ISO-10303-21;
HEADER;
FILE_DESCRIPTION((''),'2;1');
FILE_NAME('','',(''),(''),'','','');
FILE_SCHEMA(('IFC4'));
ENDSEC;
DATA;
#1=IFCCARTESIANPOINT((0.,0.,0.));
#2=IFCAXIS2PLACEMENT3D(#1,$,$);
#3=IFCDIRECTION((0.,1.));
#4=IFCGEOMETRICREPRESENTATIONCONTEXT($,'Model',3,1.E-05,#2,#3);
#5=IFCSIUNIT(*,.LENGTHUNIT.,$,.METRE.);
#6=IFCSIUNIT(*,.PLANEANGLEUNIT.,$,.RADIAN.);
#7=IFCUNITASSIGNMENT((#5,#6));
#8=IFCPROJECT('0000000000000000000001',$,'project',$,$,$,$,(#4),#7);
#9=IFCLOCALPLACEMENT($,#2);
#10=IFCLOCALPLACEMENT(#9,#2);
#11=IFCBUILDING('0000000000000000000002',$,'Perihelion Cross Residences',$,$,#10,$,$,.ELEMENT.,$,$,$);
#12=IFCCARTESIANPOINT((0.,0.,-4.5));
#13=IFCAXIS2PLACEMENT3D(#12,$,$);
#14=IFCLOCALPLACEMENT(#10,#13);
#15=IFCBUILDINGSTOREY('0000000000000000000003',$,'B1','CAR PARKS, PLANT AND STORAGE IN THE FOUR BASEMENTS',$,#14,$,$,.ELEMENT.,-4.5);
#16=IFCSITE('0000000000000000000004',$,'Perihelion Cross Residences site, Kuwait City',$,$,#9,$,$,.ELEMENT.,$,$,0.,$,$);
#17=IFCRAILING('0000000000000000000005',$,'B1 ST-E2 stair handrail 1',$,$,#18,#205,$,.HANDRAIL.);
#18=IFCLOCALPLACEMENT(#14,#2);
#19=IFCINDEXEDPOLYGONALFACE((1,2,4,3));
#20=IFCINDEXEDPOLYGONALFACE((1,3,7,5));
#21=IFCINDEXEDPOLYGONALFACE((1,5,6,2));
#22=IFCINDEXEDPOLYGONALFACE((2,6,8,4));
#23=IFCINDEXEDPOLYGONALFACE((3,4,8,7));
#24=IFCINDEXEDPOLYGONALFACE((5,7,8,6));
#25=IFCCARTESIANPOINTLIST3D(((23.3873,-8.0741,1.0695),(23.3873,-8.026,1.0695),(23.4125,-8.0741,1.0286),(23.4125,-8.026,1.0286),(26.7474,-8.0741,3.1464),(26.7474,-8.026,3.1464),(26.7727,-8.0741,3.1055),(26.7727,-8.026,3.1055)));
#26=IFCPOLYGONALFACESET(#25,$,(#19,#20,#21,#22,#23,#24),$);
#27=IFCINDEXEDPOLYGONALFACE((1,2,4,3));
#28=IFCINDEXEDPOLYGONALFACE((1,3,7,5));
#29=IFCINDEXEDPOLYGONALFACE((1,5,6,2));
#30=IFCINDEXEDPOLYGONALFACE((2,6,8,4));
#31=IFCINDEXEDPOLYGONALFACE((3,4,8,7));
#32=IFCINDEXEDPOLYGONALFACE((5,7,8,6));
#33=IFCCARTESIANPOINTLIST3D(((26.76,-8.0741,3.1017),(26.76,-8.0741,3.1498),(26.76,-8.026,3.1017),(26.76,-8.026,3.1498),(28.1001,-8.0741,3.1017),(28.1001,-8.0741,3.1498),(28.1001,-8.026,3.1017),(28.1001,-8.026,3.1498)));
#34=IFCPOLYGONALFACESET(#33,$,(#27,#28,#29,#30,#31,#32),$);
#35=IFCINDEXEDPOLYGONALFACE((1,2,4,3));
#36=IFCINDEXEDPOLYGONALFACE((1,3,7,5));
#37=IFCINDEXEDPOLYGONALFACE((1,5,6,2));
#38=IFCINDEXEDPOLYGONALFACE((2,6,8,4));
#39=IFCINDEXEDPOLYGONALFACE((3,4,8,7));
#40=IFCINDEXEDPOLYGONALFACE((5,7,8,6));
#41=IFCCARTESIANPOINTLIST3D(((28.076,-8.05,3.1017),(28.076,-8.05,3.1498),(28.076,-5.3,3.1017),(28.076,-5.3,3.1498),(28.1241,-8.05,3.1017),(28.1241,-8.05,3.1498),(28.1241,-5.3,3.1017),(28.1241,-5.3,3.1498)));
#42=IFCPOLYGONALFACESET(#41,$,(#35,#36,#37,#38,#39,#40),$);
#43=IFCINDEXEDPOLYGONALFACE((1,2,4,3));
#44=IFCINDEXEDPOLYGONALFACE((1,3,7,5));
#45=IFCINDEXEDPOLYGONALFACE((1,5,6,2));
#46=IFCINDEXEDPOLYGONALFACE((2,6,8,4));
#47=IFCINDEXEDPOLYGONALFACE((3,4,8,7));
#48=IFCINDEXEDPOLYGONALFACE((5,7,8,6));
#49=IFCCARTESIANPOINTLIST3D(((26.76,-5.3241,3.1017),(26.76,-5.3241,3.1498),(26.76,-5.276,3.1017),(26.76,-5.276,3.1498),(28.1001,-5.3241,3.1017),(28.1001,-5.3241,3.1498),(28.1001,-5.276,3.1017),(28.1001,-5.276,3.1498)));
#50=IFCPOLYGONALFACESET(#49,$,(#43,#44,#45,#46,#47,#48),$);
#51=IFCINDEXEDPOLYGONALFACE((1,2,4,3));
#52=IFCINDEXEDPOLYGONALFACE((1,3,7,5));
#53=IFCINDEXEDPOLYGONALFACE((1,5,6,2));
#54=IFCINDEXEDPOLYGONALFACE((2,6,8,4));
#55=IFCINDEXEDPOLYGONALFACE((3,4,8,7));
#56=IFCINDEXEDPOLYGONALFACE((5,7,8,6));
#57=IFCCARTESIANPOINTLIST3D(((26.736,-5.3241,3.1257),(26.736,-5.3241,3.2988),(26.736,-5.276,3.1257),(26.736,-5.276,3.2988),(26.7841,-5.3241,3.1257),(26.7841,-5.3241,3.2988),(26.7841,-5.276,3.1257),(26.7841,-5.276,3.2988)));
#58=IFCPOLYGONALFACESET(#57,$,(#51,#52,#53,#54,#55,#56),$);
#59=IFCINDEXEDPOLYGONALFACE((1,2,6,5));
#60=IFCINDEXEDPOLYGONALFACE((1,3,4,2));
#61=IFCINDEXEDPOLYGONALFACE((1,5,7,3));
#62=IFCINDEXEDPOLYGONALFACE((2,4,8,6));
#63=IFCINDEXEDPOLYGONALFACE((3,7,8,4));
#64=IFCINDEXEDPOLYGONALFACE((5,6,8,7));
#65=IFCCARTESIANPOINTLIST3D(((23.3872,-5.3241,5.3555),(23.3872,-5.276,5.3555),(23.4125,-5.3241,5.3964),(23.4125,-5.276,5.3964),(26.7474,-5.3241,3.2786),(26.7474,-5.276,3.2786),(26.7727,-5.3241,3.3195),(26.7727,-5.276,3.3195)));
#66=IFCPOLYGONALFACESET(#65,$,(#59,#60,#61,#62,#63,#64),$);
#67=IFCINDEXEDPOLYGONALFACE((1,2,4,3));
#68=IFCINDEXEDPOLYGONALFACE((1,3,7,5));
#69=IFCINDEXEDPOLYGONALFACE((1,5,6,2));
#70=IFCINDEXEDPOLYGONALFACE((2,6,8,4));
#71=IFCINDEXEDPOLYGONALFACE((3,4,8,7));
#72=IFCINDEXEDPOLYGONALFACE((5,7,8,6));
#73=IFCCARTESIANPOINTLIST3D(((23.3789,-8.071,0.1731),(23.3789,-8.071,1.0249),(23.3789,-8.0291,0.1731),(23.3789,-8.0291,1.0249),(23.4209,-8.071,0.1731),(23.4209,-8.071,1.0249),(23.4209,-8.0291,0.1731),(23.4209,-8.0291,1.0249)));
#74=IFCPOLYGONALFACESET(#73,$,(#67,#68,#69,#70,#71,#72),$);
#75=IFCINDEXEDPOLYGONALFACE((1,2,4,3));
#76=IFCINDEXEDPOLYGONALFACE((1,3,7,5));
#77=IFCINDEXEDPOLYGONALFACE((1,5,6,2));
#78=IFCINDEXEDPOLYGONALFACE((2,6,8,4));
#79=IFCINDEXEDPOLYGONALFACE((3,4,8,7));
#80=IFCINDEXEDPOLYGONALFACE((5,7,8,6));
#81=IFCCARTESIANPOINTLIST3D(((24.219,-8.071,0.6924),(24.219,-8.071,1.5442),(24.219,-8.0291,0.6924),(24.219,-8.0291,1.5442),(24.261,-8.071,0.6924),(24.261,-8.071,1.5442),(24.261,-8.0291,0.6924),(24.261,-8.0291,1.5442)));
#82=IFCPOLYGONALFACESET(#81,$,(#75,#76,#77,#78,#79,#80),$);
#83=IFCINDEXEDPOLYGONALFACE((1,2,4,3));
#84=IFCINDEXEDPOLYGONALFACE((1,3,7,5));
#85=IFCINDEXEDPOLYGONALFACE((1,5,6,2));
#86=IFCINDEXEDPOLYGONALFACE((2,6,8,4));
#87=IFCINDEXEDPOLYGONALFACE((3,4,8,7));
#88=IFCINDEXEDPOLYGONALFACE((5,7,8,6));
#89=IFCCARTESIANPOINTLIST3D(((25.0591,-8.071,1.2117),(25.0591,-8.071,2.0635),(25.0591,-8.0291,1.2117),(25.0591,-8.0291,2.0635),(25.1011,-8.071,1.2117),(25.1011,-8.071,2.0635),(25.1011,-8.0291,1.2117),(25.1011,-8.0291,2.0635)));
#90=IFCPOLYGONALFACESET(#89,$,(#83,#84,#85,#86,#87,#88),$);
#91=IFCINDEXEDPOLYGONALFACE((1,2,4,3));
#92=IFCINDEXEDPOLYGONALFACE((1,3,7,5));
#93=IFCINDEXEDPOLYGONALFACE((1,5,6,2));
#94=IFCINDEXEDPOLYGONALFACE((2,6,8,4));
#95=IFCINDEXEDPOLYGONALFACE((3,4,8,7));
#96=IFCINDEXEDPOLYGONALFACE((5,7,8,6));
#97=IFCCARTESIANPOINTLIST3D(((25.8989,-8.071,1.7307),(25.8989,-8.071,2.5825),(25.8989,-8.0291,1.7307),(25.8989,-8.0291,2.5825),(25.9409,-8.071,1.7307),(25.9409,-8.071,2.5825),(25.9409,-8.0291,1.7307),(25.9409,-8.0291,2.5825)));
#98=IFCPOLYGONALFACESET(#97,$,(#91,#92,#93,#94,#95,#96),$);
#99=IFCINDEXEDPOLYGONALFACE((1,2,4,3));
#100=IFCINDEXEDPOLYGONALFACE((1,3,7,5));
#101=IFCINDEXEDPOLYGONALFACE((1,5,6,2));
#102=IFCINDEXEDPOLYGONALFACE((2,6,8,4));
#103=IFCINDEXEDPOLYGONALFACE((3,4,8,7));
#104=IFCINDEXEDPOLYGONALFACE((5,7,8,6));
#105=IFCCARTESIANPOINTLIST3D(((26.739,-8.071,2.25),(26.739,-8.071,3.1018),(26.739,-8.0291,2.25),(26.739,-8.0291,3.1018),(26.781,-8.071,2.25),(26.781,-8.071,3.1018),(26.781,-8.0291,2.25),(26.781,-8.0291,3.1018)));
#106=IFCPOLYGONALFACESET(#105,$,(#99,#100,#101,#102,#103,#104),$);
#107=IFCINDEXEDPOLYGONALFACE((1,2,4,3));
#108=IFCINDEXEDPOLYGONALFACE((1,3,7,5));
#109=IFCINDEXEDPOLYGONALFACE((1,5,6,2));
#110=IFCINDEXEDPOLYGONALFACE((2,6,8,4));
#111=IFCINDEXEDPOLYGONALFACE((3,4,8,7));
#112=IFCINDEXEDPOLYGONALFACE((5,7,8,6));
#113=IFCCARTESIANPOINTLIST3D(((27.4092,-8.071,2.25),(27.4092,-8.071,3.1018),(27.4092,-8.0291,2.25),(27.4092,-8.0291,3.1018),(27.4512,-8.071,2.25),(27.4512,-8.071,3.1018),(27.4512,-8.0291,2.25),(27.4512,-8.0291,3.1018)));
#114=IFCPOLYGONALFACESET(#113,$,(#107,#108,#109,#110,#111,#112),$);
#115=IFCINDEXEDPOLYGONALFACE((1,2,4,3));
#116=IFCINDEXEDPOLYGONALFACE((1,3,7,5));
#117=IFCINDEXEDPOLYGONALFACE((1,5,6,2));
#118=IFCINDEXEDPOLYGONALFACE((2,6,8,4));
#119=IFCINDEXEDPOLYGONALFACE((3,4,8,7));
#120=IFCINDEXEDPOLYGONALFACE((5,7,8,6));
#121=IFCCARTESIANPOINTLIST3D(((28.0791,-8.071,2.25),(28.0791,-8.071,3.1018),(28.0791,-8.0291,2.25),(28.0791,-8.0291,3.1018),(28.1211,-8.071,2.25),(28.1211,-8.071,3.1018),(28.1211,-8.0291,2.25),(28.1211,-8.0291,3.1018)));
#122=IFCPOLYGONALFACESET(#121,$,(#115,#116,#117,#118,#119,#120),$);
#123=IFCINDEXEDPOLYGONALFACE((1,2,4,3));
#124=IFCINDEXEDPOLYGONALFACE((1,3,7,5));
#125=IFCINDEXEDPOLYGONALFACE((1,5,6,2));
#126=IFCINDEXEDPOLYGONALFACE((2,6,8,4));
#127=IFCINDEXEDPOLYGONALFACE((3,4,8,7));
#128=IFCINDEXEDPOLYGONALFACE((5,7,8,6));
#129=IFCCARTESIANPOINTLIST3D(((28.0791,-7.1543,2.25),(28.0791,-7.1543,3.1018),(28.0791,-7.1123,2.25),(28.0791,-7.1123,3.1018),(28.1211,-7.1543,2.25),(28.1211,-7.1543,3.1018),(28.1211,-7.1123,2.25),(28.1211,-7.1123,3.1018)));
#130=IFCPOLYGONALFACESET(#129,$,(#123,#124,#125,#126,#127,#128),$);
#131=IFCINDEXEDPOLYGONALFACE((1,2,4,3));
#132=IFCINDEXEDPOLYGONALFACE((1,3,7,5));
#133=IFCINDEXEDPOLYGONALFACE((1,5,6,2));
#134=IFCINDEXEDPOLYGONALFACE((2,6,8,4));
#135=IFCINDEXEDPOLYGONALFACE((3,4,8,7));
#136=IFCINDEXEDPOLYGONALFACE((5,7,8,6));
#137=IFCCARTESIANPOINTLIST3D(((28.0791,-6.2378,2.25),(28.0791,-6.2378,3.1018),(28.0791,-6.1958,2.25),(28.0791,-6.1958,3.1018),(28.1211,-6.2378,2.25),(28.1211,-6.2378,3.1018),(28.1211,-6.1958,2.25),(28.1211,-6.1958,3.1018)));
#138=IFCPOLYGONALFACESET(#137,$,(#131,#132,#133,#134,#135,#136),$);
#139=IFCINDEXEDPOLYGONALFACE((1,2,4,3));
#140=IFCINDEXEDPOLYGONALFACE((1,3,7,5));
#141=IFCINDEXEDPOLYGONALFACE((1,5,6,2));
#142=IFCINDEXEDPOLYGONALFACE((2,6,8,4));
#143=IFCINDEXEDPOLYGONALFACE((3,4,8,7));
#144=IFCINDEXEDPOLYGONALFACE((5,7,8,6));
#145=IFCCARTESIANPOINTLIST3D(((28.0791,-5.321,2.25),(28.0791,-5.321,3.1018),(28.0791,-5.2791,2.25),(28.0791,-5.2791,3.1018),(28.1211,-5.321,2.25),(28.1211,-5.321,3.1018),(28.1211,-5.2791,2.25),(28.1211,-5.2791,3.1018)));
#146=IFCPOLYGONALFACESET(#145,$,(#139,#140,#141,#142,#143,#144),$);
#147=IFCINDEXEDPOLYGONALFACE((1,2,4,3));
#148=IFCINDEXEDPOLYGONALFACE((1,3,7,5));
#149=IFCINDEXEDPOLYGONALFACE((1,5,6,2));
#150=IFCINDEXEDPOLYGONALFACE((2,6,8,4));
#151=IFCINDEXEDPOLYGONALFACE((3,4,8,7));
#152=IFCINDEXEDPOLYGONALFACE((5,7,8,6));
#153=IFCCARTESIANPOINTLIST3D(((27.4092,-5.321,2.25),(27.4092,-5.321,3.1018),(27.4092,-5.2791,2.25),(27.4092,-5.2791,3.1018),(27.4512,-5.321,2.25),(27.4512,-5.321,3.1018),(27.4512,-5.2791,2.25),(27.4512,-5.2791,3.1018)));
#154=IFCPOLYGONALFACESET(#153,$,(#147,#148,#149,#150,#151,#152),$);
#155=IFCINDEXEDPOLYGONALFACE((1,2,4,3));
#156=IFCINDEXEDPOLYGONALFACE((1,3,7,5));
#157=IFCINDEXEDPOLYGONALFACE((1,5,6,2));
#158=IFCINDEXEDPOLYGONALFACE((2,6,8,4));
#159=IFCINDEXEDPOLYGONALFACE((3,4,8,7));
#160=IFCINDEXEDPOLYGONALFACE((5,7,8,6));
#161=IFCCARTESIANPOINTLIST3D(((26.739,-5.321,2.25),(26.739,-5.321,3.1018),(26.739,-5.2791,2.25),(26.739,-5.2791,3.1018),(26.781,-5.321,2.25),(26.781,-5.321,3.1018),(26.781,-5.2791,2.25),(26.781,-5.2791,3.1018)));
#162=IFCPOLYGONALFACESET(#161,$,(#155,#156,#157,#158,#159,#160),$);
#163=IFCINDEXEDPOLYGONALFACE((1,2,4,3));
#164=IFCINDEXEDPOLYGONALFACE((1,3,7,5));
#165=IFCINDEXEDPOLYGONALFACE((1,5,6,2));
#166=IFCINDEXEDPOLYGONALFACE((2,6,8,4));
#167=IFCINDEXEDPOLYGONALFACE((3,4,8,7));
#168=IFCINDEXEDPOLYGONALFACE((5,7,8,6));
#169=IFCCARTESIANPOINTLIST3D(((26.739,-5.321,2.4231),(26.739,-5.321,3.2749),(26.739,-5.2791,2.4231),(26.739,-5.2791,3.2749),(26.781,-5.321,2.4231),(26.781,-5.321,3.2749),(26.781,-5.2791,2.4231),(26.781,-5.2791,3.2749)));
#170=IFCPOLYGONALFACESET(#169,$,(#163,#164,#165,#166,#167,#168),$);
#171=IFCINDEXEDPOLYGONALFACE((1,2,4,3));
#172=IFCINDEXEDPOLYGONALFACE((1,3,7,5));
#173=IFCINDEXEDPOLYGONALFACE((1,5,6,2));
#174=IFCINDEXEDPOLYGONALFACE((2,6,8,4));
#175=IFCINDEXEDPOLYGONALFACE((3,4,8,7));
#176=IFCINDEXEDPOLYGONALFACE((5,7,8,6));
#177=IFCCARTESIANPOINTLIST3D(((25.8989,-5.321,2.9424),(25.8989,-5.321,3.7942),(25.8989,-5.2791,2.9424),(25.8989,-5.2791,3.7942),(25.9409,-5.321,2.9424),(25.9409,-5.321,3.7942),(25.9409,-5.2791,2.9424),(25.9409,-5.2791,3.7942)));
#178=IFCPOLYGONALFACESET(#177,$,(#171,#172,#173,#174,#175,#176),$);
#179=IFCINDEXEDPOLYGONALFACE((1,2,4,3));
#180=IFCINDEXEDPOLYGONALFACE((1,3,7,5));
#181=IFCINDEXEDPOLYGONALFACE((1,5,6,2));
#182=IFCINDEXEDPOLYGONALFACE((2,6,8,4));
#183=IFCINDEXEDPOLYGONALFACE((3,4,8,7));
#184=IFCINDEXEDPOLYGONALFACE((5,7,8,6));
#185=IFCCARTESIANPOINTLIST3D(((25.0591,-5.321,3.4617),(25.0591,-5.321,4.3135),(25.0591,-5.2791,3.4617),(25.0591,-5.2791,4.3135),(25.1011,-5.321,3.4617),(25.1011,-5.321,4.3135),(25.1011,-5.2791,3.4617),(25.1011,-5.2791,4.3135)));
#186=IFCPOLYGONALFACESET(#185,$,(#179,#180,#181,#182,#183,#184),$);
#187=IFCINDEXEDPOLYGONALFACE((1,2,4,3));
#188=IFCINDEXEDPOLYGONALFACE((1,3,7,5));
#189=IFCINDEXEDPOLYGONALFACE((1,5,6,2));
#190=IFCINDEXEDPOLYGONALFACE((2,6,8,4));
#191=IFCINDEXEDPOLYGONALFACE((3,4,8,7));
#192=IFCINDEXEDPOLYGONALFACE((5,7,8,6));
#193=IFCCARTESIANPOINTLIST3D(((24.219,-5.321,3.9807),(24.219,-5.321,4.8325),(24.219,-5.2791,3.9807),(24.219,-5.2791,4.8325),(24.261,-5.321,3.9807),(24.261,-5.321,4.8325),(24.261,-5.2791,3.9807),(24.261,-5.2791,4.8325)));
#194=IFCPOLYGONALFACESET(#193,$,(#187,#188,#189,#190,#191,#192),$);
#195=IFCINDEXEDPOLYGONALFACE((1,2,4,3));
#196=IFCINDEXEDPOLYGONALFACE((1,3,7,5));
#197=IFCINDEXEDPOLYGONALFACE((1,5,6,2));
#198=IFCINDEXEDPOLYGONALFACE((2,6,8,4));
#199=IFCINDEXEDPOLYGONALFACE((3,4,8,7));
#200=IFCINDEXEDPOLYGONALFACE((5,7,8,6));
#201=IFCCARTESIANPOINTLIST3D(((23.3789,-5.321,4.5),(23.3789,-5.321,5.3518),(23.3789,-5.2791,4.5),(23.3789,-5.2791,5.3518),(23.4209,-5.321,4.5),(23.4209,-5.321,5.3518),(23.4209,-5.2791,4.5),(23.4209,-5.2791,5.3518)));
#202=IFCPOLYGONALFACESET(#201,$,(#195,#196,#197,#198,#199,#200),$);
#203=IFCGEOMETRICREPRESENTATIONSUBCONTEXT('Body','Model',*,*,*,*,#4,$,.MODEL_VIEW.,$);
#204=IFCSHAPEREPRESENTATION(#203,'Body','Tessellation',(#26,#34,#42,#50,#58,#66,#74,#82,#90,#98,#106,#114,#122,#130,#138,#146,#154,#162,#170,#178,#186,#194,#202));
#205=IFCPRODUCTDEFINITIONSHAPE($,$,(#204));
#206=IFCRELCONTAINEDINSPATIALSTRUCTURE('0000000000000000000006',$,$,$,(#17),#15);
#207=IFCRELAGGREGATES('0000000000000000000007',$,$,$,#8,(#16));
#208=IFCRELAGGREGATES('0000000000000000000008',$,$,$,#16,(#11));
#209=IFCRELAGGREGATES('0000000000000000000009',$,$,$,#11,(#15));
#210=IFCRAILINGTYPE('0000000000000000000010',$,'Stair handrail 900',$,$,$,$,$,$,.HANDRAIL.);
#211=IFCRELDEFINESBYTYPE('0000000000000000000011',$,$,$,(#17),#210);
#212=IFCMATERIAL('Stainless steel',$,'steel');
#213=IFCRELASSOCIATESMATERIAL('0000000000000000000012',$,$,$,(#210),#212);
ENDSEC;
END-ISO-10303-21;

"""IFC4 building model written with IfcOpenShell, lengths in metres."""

from ifc_helpers import new_model, si_unit, direction, frame, origin, origin_2d, place, context, subcontext, project, spatial, rectangle, extrude, material, type_object, element, save


model = new_model("IFC4")

# Units and contexts
model_context = context("Model", 3, precision=1e-05, world=origin(), true_north=direction((0.0, 1.0)))
body_context = subcontext(model_context, "Body", "Model", "MODEL_VIEW")
ifc_project = project(units=[si_unit("LENGTHUNIT", "METRE"), si_unit("PLANEANGLEUNIT", "RADIAN")], contexts=[model_context])

# Site, building, storey
site_placement = place(None, origin())
site = spatial("IfcSite", under=ifc_project, at=site_placement, Name="Perihelion Cross Residences site, Kuwait City", CompositionType="ELEMENT", RefElevation=0.0)
building_placement = place(site_placement, origin())
building = spatial("IfcBuilding", under=site, at=building_placement, Name="Perihelion Cross Residences", CompositionType="ELEMENT")
storey_placement = place(building_placement, frame((0.0, 0.0, -4.5)))
storey = spatial("IfcBuildingStorey", under=building, at=storey_placement, Name="B1", Description="CAR PARKS, PLANT AND STORAGE IN THE FOUR BASEMENTS", CompositionType="ELEMENT", Elevation=-4.5)

# Railing
ifc_material_1 = material(Name="Stainless steel", Category="steel")
railing_type_1 = type_object("IfcRailingType", Name="Stair handrail 900", PredefinedType="HANDRAIL", material=ifc_material_1)
railing_1_placement = place(storey_placement, frame((23.3999, -8.05, 0.1731)))
element("IfcRailing", 1, at=railing_1_placement, inside=storey, type_object=railing_type_1, Name="B1 ST-E2 stair handrail 1", PredefinedType="HANDRAIL", context=body_context, shape_type="SweptSolid", body=[
    extrude(rectangle(XDim=0.0481, YDim=0.0481, at=origin_2d()), frame((0.0, 0.0, 0.876), z_axis=(0.850623, 0.0, 0.525776), x_axis=(0.0, 1.0, 0.0)), (0.0, 0.0, 1.0), 3.9502),
    extrude(rectangle(XDim=0.0481, YDim=0.0481, at=origin_2d()), frame((3.3601, 0.0, 2.9526), z_axis=(1.0, 0.0, 0.0), x_axis=(0.0, 1.0, 0.0)), (0.0, 0.0, 1.0), 1.3401),
    extrude(rectangle(XDim=0.0481, YDim=0.0481, at=origin_2d()), frame((4.7002, 0.0, 2.9526), z_axis=(0.0, 1.0, 0.0), x_axis=(-1.0, 0.0, 0.0)), (0.0, 0.0, 1.0), 2.75),
    extrude(rectangle(XDim=0.0481, YDim=0.0481, at=origin_2d()), frame((4.7002, 2.75, 2.9526), z_axis=(-1.0, 0.0, 0.0), x_axis=(0.0, -1.0, 0.0)), (0.0, 0.0, 1.0), 1.3401),
    extrude(rectangle(XDim=0.0481, YDim=0.0481, at=origin_2d()), frame((3.3601, 2.75, 2.9526), z_axis=(0.0, 0.0, 1.0), x_axis=(1.0, 0.0, 0.0)), (0.0, 0.0, 1.0), 0.1731),
    extrude(rectangle(XDim=0.0481, YDim=0.0481, at=origin_2d()), frame((3.3601, 2.75, 3.126), z_axis=(-0.850623, 0.0, 0.525776), x_axis=(0.0, -1.0, 0.0)), (0.0, 0.0, 1.0), 3.9502),
    extrude(rectangle(XDim=0.042, YDim=0.042, at=origin_2d()), origin(), (0.0, 0.0, 1.0), 0.8518),
    extrude(rectangle(XDim=0.042, YDim=0.042, at=origin_2d()), frame((0.8401, 0.0, 0.5193)), (0.0, 0.0, 1.0), 0.8518),
    extrude(rectangle(XDim=0.042, YDim=0.042, at=origin_2d()), frame((1.6802, 0.0, 1.0386)), (0.0, 0.0, 1.0), 0.8518),
    extrude(rectangle(XDim=0.042, YDim=0.042, at=origin_2d()), frame((2.52, 0.0, 1.5576)), (0.0, 0.0, 1.0), 0.8518),
    extrude(rectangle(XDim=0.042, YDim=0.042, at=origin_2d()), frame((3.3601, 0.0, 2.0769)), (0.0, 0.0, 1.0), 0.8518),
    extrude(rectangle(XDim=0.042, YDim=0.042, at=origin_2d()), frame((4.0303, 0.0, 2.0769)), (0.0, 0.0, 1.0), 0.8518),
    extrude(rectangle(XDim=0.042, YDim=0.042, at=origin_2d()), frame((4.7002, 0.0, 2.0769)), (0.0, 0.0, 1.0), 0.8518),
    extrude(rectangle(XDim=0.042, YDim=0.042, at=origin_2d()), frame((4.7002, 0.9167, 2.0769)), (0.0, 0.0, 1.0), 0.8518),
    extrude(rectangle(XDim=0.042, YDim=0.042, at=origin_2d()), frame((4.7002, 1.8333, 2.0769)), (0.0, 0.0, 1.0), 0.8518),
    extrude(rectangle(XDim=0.042, YDim=0.042, at=origin_2d()), frame((4.7002, 2.75, 2.0769)), (0.0, 0.0, 1.0), 0.8518),
    extrude(rectangle(XDim=0.042, YDim=0.042, at=origin_2d()), frame((4.0303, 2.75, 2.0769)), (0.0, 0.0, 1.0), 0.8518),
    extrude(rectangle(XDim=0.042, YDim=0.042, at=origin_2d()), frame((3.3601, 2.75, 2.0769)), (0.0, 0.0, 1.0), 0.8518),
    extrude(rectangle(XDim=0.042, YDim=0.042, at=origin_2d()), frame((3.3601, 2.75, 2.25)), (0.0, 0.0, 1.0), 0.8518),
    extrude(rectangle(XDim=0.042, YDim=0.042, at=origin_2d()), frame((2.52, 2.75, 2.7693)), (0.0, 0.0, 1.0), 0.8518),
    extrude(rectangle(XDim=0.042, YDim=0.042, at=origin_2d()), frame((1.6802, 2.75, 3.2886)), (0.0, 0.0, 1.0), 0.8518),
    extrude(rectangle(XDim=0.042, YDim=0.042, at=origin_2d()), frame((0.8401, 2.75, 3.8076)), (0.0, 0.0, 1.0), 0.8518),
    extrude(rectangle(XDim=0.042, YDim=0.042, at=origin_2d()), frame((0.0, 2.75, 4.3269)), (0.0, 0.0, 1.0), 0.8518),
])

save(model, "model.ifc")
